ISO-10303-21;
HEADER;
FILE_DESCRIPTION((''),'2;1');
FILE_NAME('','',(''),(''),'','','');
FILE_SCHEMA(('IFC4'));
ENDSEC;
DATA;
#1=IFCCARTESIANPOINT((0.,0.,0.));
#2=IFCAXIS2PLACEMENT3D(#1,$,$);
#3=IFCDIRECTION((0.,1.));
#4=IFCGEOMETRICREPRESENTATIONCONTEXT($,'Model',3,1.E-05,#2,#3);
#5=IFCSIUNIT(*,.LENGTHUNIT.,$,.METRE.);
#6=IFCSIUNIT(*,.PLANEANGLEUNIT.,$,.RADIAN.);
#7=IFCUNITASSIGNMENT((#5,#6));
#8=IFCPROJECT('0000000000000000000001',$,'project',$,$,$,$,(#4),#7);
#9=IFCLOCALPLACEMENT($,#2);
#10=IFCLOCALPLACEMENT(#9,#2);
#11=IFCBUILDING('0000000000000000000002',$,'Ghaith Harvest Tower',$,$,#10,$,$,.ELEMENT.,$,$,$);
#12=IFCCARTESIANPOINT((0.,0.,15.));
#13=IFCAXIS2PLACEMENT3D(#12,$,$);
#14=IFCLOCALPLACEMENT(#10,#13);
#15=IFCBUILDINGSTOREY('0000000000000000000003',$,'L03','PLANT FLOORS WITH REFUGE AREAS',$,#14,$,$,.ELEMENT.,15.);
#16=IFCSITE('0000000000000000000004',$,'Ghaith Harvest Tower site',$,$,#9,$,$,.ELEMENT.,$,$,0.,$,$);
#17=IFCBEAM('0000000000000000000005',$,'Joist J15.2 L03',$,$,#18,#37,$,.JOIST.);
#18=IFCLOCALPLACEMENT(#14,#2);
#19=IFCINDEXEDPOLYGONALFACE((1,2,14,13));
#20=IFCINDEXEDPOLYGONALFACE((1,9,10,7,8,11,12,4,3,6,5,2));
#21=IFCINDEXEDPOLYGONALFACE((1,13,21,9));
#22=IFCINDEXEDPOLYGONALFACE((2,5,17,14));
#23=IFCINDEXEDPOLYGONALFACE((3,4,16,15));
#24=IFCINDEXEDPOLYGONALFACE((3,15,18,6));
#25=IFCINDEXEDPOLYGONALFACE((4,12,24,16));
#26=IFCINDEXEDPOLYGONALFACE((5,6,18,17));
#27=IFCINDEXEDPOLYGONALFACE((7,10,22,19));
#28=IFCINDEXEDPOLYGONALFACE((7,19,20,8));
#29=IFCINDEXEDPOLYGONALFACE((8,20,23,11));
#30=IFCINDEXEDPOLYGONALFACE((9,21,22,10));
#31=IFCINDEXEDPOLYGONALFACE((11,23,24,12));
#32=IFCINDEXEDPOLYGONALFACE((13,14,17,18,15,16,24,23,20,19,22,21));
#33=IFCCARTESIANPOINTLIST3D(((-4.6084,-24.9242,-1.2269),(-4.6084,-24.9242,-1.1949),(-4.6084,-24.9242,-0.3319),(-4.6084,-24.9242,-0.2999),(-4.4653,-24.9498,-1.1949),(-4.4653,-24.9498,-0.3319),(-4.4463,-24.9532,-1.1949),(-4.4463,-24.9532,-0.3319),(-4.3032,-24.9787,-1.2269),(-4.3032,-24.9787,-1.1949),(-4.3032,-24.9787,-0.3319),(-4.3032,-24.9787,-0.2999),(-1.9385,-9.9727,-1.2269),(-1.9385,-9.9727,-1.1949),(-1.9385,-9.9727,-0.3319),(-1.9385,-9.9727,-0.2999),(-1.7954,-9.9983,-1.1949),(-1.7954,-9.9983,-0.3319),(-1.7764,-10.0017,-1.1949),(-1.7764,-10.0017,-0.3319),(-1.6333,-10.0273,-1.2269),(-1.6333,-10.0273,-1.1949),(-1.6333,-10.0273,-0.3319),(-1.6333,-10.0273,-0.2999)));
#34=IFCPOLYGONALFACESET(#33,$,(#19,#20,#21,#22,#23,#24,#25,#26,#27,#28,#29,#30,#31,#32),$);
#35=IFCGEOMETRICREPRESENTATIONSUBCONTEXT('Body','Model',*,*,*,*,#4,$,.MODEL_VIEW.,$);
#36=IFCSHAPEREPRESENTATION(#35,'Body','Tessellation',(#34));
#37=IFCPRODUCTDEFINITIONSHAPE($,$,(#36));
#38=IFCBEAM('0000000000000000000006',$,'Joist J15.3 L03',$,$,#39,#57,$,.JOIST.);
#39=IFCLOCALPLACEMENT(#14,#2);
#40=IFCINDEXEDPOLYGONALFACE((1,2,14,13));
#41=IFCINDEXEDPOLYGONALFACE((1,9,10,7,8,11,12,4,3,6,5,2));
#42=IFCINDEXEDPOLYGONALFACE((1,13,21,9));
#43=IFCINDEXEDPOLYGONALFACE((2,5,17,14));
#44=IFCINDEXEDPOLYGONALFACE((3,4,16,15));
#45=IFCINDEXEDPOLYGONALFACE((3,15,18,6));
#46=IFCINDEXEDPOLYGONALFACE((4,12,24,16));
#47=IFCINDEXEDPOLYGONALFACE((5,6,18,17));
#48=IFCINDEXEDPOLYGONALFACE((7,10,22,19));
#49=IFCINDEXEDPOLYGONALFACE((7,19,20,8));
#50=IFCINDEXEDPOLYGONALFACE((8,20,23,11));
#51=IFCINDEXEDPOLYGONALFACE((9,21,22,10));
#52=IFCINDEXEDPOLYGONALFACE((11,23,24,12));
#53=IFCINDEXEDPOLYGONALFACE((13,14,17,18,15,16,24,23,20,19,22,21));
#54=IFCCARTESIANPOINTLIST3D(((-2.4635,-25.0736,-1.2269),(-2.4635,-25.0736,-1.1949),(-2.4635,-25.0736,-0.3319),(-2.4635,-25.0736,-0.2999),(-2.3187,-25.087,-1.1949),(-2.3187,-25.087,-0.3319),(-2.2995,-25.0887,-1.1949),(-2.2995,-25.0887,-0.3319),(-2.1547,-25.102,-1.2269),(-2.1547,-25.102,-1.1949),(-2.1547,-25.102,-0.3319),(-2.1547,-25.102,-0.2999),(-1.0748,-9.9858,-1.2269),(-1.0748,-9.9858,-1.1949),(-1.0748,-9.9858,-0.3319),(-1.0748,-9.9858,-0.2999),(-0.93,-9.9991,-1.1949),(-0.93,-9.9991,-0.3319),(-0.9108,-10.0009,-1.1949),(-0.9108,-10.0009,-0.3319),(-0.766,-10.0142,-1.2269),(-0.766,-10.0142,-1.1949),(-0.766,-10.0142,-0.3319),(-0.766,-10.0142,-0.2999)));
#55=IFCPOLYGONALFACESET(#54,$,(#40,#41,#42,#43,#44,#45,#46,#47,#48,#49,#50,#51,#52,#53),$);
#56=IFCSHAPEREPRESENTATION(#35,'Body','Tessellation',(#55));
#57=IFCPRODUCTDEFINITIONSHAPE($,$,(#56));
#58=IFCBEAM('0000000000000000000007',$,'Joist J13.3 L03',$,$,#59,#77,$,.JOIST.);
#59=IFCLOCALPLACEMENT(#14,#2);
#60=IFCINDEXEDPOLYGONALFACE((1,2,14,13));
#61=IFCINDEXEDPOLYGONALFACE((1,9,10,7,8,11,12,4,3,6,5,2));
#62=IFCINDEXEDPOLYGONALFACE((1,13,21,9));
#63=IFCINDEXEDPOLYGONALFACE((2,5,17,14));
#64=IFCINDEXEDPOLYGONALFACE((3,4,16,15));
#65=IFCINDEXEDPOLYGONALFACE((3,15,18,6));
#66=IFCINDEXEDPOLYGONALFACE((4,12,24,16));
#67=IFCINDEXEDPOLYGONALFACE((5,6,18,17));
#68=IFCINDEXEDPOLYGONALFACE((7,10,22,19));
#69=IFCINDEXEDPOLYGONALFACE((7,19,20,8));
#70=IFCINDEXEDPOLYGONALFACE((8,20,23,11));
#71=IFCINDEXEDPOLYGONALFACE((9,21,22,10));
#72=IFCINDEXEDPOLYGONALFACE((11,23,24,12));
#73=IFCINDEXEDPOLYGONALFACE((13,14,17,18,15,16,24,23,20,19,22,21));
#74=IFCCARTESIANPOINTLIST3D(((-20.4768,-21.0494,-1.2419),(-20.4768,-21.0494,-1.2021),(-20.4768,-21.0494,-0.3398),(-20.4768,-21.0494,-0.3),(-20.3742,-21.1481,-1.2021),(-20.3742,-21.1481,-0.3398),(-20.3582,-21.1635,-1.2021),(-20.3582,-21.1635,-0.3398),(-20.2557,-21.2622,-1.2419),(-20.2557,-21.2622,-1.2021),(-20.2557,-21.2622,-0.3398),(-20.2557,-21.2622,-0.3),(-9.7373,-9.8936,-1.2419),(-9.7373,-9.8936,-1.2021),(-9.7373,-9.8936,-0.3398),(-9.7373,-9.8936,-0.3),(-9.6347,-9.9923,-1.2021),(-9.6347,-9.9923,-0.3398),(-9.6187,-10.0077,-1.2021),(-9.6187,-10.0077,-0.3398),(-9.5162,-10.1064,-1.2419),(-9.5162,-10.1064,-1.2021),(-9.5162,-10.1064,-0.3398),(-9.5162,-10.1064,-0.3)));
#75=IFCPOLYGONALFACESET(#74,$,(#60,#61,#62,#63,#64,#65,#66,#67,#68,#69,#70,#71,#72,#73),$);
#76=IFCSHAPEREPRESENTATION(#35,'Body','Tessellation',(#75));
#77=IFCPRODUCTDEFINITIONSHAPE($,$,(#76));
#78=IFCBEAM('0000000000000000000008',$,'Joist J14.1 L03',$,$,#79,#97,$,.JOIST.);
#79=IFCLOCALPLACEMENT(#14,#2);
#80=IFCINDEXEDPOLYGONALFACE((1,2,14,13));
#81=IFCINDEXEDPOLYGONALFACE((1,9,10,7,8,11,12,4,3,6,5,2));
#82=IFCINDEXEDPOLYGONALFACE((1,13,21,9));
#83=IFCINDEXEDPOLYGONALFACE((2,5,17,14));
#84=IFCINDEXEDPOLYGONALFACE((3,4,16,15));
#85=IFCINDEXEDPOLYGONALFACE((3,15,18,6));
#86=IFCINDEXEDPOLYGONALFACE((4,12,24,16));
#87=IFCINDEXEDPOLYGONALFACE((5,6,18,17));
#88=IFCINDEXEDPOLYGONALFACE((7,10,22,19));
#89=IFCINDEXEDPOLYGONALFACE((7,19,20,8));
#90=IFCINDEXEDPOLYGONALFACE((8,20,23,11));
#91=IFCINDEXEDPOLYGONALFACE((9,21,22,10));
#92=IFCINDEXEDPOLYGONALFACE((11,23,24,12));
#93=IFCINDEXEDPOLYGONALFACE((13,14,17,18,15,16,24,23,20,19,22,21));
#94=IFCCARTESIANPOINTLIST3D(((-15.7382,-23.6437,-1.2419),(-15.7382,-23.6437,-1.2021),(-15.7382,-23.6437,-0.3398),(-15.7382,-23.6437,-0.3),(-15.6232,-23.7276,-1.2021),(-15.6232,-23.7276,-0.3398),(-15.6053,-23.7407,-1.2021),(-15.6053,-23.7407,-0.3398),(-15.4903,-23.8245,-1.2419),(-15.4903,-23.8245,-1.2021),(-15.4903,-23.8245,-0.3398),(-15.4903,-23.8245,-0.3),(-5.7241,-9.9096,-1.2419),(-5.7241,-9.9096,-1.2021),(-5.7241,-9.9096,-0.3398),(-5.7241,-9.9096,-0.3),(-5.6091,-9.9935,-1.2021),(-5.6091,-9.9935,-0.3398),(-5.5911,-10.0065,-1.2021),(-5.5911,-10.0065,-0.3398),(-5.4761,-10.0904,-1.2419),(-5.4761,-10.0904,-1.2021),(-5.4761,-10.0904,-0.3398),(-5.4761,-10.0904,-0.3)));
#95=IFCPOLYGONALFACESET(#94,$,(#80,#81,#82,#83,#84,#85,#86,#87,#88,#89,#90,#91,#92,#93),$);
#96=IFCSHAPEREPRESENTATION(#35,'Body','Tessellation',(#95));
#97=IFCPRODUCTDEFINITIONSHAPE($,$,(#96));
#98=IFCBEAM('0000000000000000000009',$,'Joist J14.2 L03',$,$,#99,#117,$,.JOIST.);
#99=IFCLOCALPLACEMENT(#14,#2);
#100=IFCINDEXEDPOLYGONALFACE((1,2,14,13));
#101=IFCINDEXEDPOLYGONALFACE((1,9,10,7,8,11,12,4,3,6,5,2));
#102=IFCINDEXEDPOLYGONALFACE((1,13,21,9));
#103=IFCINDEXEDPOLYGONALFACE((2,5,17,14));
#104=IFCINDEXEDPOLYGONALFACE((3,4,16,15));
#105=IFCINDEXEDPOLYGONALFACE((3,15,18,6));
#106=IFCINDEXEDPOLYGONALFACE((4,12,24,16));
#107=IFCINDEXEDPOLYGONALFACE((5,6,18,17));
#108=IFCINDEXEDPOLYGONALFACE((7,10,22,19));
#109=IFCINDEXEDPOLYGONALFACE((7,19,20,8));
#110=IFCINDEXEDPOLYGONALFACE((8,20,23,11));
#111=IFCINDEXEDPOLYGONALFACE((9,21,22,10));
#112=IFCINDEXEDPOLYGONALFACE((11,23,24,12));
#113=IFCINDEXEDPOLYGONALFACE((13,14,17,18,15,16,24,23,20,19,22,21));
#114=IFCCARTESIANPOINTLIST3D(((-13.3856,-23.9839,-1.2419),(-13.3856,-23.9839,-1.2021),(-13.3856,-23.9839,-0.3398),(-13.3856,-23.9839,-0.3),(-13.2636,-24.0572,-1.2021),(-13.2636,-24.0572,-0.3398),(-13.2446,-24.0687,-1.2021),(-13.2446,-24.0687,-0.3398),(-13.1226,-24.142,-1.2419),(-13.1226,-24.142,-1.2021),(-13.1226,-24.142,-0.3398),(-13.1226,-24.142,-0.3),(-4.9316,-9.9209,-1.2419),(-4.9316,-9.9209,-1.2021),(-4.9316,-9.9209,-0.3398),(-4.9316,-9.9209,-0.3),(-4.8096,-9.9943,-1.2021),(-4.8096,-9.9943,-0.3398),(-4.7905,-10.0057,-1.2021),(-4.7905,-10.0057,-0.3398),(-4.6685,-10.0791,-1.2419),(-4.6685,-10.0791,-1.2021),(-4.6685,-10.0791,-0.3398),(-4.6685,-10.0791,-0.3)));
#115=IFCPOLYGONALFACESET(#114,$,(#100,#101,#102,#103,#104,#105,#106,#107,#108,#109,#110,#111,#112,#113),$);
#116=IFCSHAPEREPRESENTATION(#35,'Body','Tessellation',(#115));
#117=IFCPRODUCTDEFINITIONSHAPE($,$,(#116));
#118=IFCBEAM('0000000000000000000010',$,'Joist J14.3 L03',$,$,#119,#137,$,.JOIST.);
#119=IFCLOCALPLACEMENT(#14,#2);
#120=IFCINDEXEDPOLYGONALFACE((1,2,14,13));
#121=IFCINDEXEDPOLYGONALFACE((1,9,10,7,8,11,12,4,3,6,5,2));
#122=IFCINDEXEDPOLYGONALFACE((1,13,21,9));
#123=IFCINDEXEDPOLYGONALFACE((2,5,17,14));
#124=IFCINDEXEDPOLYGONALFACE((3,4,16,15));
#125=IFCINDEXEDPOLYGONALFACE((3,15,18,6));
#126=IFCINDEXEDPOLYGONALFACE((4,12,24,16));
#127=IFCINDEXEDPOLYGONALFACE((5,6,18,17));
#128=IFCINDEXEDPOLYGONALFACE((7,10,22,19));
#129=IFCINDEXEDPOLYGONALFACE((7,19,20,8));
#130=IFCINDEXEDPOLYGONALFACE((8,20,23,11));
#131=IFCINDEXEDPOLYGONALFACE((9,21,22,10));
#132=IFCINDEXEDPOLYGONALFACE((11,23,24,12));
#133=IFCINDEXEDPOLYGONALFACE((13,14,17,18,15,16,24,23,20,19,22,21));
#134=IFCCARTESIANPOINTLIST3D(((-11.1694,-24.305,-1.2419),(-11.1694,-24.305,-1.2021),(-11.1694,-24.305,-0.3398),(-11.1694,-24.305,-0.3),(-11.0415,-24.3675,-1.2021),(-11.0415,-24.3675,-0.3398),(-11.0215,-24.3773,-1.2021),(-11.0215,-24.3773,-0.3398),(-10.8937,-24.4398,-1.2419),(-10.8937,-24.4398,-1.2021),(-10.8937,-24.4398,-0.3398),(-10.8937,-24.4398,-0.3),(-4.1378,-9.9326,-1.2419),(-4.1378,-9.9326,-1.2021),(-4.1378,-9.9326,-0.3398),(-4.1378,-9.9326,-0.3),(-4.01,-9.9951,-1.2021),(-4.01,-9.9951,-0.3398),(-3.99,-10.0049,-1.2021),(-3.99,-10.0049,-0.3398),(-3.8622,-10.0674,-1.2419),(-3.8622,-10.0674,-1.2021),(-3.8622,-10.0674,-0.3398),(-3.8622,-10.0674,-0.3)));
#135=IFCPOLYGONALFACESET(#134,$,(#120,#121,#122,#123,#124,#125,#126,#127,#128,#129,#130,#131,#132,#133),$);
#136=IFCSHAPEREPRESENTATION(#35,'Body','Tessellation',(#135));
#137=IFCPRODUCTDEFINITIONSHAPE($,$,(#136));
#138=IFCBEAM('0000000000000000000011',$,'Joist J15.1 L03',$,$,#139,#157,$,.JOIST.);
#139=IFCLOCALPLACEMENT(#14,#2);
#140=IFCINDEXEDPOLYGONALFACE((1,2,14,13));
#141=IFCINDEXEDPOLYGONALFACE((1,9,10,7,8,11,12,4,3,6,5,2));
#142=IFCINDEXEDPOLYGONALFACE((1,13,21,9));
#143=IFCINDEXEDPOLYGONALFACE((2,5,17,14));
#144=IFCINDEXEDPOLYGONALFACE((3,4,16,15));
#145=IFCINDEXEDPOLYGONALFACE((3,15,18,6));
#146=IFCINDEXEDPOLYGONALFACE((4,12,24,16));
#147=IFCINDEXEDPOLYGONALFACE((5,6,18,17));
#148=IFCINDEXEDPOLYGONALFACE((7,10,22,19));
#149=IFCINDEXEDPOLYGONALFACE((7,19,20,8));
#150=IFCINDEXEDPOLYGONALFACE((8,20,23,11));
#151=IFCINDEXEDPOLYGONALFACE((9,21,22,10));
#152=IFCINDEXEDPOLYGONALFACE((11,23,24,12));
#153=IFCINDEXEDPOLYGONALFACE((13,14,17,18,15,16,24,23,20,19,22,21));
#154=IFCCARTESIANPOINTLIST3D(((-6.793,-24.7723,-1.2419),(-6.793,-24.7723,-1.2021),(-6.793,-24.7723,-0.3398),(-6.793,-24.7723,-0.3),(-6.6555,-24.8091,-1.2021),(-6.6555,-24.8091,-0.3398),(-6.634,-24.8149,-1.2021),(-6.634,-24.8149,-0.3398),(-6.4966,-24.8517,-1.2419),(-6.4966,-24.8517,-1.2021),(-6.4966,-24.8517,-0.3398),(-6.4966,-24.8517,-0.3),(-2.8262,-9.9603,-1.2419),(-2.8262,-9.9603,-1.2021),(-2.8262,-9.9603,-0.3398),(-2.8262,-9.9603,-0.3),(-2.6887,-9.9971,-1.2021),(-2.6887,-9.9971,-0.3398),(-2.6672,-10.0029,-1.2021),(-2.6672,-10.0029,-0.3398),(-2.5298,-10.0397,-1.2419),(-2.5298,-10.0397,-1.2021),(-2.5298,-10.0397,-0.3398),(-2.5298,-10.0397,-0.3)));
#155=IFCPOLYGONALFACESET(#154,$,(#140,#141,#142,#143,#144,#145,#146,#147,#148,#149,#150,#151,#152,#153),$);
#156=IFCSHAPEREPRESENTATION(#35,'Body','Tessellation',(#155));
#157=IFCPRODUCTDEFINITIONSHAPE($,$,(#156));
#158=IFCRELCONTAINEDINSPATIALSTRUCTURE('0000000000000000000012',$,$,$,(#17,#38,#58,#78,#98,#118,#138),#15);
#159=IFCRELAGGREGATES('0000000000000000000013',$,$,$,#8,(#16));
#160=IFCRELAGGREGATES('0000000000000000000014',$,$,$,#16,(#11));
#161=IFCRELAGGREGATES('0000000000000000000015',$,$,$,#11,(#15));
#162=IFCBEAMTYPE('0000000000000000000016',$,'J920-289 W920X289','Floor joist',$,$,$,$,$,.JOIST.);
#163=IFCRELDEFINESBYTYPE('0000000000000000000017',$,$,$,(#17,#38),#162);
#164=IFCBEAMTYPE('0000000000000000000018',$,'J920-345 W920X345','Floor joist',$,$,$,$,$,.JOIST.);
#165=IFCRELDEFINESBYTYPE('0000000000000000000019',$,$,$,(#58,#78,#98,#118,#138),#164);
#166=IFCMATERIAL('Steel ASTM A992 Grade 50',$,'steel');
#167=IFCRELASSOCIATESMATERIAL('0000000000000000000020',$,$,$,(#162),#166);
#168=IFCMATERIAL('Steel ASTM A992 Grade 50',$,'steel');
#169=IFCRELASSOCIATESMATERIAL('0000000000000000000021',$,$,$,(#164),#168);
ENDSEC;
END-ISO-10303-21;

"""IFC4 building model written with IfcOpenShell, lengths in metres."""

from ifc_helpers import new_model, si_unit, direction, frame, origin, origin_2d, place, context, subcontext, project, spatial, i_section, extrude, material, material_profile, profile_set, type_object, element, save


model = new_model("IFC4")

# Units and contexts
model_context = context("Model", 3, precision=1e-05, world=origin(), true_north=direction((0.0, 1.0)))
body_context = subcontext(model_context, "Body", "Model", "MODEL_VIEW")
ifc_project = project(units=[si_unit("LENGTHUNIT", "METRE"), si_unit("PLANEANGLEUNIT", "RADIAN")], contexts=[model_context])

# Site, building, storey
site_placement = place(None, origin())
site = spatial("IfcSite", under=ifc_project, at=site_placement, Name="Ghaith Harvest Tower site", CompositionType="ELEMENT", RefElevation=0.0)
building_placement = place(site_placement, origin())
building = spatial("IfcBuilding", under=site, at=building_placement, Name="Ghaith Harvest Tower", CompositionType="ELEMENT")
storey_placement = place(building_placement, frame((0.0, 0.0, 15.0)))
storey = spatial("IfcBuildingStorey", under=building, at=storey_placement, Name="L03", Description="PLANT FLOORS WITH REFUGE AREAS", CompositionType="ELEMENT", Elevation=15.0)

# Beams
ifc_material_1 = material(Name="Steel ASTM A992 Grade 50", Category="steel")
ifc_material_profile_1 = material_profile(ifc_material_1, i_section(OverallWidth=0.3101, OverallDepth=0.927, WebThickness=0.0193, FlangeThickness=0.032, at=origin_2d()), Name="W920X289")
ifc_profile_set_1 = profile_set([ifc_material_profile_1], Name="Steel ASTM A992 Grade 50")
beam_type_1 = type_object("IfcBeamType", Name="J920-289 W920X289", Description="Floor joist", PredefinedType="JOIST", material=ifc_profile_set_1)
beam_1_placement = place(storey_placement, frame((-1.7859, -10.0, -0.7634), z_axis=(-0.175792, -0.984427, 0.0), x_axis=(0.984427, -0.175792, 0.0)))
element("IfcBeam", 1, at=beam_1_placement, inside=storey, type_object=beam_type_1, Name="Joist J15.2 L03", PredefinedType="JOIST", context=body_context, shape_type="SweptSolid", body=[
    extrude(i_section(OverallWidth=0.3101, OverallDepth=0.927, WebThickness=0.0193, FlangeThickness=0.032, at=origin_2d()), origin(), (0.0, 0.0, 1.0), 15.188),
])
beam_2_placement = place(storey_placement, frame((-0.9204, -10.0, -0.7634), z_axis=(-0.091651, -0.995791, 0.0), x_axis=(0.995791, -0.091651, 0.0)))
element("IfcBeam", 2, at=beam_2_placement, inside=storey, type_object=beam_type_1, Name="Joist J15.3 L03", PredefinedType="JOIST", context=body_context, shape_type="SweptSolid", body=[
    extrude(i_section(OverallWidth=0.3101, OverallDepth=0.927, WebThickness=0.0193, FlangeThickness=0.032, at=origin_2d()), origin(), (0.0, 0.0, 1.0), 15.1516),
])
ifc_material_2 = material(Name="Steel ASTM A992 Grade 50", Category="steel")
ifc_material_profile_2 = material_profile(ifc_material_2, i_section(OverallWidth=0.3069, OverallDepth=0.9419, WebThickness=0.0222, FlangeThickness=0.0398, at=origin_2d()), Name="W920X345")
ifc_profile_set_2 = profile_set([ifc_material_profile_2], Name="Steel ASTM A992 Grade 50")
beam_type_2 = type_object("IfcBeamType", Name="J920-345 W920X345", Description="Floor joist", PredefinedType="JOIST", material=ifc_profile_set_2)
beam_3_placement = place(storey_placement, frame((-9.6267, -10.0, -0.771), z_axis=(-0.693538, -0.72042, 0.0), x_axis=(0.72042, -0.693538, 0.0)))
element("IfcBeam", 3, at=beam_3_placement, inside=storey, type_object=beam_type_2, Name="Joist J13.3 L03", PredefinedType="JOIST", context=body_context, shape_type="SweptSolid", body=[
    extrude(i_section(OverallWidth=0.3069, OverallDepth=0.9419, WebThickness=0.0222, FlangeThickness=0.0398, at=origin_2d()), origin(), (0.0, 0.0, 1.0), 15.4851),
])
beam_4_placement = place(storey_placement, frame((-5.6001, -10.0, -0.771), z_axis=(-0.58916, -0.808016, 0.0), x_axis=(0.808016, -0.58916, 0.0)))
element("IfcBeam", 4, at=beam_4_placement, inside=storey, type_object=beam_type_2, Name="Joist J14.1 L03", PredefinedType="JOIST", context=body_context, shape_type="SweptSolid", body=[
    extrude(i_section(OverallWidth=0.3069, OverallDepth=0.9419, WebThickness=0.0222, FlangeThickness=0.0398, at=origin_2d()), origin(), (0.0, 0.0, 1.0), 16.9973),
])
beam_5_placement = place(storey_placement, frame((-4.8, -10.0, -0.771), z_axis=(-0.515226, -0.857054, 0.0), x_axis=(0.857054, -0.515226, 0.0)))
element("IfcBeam", 5, at=beam_5_placement, inside=storey, type_object=beam_type_2, Name="Joist J14.2 L03", PredefinedType="JOIST", context=body_context, shape_type="SweptSolid", body=[
    extrude(i_section(OverallWidth=0.3069, OverallDepth=0.9419, WebThickness=0.0222, FlangeThickness=0.0398, at=origin_2d()), origin(), (0.0, 0.0, 1.0), 16.4084),
])
beam_6_placement = place(storey_placement, frame((-4.0, -10.0, -0.771), z_axis=(-0.439464, -0.89826, 0.0), x_axis=(0.89826, -0.439464, 0.0)))
element("IfcBeam", 6, at=beam_6_placement, inside=storey, type_object=beam_type_2, Name="Joist J14.3 L03", PredefinedType="JOIST", context=body_context, shape_type="SweptSolid", body=[
    extrude(i_section(OverallWidth=0.3069, OverallDepth=0.9419, WebThickness=0.0222, FlangeThickness=0.0398, at=origin_2d()), origin(), (0.0, 0.0, 1.0), 16.0002),
])
beam_7_placement = place(storey_placement, frame((-2.678, -10.0, -0.771), z_axis=(-0.258693, -0.96596, 0.0), x_axis=(0.96596, -0.258693, 0.0)))
element("IfcBeam", 7, at=beam_7_placement, inside=storey, type_object=beam_type_2, Name="Joist J15.1 L03", PredefinedType="JOIST", context=body_context, shape_type="SweptSolid", body=[
    extrude(i_section(OverallWidth=0.3069, OverallDepth=0.9419, WebThickness=0.0222, FlangeThickness=0.0398, at=origin_2d()), origin(), (0.0, 0.0, 1.0), 15.334),
])

save(model, "model.ifc")
